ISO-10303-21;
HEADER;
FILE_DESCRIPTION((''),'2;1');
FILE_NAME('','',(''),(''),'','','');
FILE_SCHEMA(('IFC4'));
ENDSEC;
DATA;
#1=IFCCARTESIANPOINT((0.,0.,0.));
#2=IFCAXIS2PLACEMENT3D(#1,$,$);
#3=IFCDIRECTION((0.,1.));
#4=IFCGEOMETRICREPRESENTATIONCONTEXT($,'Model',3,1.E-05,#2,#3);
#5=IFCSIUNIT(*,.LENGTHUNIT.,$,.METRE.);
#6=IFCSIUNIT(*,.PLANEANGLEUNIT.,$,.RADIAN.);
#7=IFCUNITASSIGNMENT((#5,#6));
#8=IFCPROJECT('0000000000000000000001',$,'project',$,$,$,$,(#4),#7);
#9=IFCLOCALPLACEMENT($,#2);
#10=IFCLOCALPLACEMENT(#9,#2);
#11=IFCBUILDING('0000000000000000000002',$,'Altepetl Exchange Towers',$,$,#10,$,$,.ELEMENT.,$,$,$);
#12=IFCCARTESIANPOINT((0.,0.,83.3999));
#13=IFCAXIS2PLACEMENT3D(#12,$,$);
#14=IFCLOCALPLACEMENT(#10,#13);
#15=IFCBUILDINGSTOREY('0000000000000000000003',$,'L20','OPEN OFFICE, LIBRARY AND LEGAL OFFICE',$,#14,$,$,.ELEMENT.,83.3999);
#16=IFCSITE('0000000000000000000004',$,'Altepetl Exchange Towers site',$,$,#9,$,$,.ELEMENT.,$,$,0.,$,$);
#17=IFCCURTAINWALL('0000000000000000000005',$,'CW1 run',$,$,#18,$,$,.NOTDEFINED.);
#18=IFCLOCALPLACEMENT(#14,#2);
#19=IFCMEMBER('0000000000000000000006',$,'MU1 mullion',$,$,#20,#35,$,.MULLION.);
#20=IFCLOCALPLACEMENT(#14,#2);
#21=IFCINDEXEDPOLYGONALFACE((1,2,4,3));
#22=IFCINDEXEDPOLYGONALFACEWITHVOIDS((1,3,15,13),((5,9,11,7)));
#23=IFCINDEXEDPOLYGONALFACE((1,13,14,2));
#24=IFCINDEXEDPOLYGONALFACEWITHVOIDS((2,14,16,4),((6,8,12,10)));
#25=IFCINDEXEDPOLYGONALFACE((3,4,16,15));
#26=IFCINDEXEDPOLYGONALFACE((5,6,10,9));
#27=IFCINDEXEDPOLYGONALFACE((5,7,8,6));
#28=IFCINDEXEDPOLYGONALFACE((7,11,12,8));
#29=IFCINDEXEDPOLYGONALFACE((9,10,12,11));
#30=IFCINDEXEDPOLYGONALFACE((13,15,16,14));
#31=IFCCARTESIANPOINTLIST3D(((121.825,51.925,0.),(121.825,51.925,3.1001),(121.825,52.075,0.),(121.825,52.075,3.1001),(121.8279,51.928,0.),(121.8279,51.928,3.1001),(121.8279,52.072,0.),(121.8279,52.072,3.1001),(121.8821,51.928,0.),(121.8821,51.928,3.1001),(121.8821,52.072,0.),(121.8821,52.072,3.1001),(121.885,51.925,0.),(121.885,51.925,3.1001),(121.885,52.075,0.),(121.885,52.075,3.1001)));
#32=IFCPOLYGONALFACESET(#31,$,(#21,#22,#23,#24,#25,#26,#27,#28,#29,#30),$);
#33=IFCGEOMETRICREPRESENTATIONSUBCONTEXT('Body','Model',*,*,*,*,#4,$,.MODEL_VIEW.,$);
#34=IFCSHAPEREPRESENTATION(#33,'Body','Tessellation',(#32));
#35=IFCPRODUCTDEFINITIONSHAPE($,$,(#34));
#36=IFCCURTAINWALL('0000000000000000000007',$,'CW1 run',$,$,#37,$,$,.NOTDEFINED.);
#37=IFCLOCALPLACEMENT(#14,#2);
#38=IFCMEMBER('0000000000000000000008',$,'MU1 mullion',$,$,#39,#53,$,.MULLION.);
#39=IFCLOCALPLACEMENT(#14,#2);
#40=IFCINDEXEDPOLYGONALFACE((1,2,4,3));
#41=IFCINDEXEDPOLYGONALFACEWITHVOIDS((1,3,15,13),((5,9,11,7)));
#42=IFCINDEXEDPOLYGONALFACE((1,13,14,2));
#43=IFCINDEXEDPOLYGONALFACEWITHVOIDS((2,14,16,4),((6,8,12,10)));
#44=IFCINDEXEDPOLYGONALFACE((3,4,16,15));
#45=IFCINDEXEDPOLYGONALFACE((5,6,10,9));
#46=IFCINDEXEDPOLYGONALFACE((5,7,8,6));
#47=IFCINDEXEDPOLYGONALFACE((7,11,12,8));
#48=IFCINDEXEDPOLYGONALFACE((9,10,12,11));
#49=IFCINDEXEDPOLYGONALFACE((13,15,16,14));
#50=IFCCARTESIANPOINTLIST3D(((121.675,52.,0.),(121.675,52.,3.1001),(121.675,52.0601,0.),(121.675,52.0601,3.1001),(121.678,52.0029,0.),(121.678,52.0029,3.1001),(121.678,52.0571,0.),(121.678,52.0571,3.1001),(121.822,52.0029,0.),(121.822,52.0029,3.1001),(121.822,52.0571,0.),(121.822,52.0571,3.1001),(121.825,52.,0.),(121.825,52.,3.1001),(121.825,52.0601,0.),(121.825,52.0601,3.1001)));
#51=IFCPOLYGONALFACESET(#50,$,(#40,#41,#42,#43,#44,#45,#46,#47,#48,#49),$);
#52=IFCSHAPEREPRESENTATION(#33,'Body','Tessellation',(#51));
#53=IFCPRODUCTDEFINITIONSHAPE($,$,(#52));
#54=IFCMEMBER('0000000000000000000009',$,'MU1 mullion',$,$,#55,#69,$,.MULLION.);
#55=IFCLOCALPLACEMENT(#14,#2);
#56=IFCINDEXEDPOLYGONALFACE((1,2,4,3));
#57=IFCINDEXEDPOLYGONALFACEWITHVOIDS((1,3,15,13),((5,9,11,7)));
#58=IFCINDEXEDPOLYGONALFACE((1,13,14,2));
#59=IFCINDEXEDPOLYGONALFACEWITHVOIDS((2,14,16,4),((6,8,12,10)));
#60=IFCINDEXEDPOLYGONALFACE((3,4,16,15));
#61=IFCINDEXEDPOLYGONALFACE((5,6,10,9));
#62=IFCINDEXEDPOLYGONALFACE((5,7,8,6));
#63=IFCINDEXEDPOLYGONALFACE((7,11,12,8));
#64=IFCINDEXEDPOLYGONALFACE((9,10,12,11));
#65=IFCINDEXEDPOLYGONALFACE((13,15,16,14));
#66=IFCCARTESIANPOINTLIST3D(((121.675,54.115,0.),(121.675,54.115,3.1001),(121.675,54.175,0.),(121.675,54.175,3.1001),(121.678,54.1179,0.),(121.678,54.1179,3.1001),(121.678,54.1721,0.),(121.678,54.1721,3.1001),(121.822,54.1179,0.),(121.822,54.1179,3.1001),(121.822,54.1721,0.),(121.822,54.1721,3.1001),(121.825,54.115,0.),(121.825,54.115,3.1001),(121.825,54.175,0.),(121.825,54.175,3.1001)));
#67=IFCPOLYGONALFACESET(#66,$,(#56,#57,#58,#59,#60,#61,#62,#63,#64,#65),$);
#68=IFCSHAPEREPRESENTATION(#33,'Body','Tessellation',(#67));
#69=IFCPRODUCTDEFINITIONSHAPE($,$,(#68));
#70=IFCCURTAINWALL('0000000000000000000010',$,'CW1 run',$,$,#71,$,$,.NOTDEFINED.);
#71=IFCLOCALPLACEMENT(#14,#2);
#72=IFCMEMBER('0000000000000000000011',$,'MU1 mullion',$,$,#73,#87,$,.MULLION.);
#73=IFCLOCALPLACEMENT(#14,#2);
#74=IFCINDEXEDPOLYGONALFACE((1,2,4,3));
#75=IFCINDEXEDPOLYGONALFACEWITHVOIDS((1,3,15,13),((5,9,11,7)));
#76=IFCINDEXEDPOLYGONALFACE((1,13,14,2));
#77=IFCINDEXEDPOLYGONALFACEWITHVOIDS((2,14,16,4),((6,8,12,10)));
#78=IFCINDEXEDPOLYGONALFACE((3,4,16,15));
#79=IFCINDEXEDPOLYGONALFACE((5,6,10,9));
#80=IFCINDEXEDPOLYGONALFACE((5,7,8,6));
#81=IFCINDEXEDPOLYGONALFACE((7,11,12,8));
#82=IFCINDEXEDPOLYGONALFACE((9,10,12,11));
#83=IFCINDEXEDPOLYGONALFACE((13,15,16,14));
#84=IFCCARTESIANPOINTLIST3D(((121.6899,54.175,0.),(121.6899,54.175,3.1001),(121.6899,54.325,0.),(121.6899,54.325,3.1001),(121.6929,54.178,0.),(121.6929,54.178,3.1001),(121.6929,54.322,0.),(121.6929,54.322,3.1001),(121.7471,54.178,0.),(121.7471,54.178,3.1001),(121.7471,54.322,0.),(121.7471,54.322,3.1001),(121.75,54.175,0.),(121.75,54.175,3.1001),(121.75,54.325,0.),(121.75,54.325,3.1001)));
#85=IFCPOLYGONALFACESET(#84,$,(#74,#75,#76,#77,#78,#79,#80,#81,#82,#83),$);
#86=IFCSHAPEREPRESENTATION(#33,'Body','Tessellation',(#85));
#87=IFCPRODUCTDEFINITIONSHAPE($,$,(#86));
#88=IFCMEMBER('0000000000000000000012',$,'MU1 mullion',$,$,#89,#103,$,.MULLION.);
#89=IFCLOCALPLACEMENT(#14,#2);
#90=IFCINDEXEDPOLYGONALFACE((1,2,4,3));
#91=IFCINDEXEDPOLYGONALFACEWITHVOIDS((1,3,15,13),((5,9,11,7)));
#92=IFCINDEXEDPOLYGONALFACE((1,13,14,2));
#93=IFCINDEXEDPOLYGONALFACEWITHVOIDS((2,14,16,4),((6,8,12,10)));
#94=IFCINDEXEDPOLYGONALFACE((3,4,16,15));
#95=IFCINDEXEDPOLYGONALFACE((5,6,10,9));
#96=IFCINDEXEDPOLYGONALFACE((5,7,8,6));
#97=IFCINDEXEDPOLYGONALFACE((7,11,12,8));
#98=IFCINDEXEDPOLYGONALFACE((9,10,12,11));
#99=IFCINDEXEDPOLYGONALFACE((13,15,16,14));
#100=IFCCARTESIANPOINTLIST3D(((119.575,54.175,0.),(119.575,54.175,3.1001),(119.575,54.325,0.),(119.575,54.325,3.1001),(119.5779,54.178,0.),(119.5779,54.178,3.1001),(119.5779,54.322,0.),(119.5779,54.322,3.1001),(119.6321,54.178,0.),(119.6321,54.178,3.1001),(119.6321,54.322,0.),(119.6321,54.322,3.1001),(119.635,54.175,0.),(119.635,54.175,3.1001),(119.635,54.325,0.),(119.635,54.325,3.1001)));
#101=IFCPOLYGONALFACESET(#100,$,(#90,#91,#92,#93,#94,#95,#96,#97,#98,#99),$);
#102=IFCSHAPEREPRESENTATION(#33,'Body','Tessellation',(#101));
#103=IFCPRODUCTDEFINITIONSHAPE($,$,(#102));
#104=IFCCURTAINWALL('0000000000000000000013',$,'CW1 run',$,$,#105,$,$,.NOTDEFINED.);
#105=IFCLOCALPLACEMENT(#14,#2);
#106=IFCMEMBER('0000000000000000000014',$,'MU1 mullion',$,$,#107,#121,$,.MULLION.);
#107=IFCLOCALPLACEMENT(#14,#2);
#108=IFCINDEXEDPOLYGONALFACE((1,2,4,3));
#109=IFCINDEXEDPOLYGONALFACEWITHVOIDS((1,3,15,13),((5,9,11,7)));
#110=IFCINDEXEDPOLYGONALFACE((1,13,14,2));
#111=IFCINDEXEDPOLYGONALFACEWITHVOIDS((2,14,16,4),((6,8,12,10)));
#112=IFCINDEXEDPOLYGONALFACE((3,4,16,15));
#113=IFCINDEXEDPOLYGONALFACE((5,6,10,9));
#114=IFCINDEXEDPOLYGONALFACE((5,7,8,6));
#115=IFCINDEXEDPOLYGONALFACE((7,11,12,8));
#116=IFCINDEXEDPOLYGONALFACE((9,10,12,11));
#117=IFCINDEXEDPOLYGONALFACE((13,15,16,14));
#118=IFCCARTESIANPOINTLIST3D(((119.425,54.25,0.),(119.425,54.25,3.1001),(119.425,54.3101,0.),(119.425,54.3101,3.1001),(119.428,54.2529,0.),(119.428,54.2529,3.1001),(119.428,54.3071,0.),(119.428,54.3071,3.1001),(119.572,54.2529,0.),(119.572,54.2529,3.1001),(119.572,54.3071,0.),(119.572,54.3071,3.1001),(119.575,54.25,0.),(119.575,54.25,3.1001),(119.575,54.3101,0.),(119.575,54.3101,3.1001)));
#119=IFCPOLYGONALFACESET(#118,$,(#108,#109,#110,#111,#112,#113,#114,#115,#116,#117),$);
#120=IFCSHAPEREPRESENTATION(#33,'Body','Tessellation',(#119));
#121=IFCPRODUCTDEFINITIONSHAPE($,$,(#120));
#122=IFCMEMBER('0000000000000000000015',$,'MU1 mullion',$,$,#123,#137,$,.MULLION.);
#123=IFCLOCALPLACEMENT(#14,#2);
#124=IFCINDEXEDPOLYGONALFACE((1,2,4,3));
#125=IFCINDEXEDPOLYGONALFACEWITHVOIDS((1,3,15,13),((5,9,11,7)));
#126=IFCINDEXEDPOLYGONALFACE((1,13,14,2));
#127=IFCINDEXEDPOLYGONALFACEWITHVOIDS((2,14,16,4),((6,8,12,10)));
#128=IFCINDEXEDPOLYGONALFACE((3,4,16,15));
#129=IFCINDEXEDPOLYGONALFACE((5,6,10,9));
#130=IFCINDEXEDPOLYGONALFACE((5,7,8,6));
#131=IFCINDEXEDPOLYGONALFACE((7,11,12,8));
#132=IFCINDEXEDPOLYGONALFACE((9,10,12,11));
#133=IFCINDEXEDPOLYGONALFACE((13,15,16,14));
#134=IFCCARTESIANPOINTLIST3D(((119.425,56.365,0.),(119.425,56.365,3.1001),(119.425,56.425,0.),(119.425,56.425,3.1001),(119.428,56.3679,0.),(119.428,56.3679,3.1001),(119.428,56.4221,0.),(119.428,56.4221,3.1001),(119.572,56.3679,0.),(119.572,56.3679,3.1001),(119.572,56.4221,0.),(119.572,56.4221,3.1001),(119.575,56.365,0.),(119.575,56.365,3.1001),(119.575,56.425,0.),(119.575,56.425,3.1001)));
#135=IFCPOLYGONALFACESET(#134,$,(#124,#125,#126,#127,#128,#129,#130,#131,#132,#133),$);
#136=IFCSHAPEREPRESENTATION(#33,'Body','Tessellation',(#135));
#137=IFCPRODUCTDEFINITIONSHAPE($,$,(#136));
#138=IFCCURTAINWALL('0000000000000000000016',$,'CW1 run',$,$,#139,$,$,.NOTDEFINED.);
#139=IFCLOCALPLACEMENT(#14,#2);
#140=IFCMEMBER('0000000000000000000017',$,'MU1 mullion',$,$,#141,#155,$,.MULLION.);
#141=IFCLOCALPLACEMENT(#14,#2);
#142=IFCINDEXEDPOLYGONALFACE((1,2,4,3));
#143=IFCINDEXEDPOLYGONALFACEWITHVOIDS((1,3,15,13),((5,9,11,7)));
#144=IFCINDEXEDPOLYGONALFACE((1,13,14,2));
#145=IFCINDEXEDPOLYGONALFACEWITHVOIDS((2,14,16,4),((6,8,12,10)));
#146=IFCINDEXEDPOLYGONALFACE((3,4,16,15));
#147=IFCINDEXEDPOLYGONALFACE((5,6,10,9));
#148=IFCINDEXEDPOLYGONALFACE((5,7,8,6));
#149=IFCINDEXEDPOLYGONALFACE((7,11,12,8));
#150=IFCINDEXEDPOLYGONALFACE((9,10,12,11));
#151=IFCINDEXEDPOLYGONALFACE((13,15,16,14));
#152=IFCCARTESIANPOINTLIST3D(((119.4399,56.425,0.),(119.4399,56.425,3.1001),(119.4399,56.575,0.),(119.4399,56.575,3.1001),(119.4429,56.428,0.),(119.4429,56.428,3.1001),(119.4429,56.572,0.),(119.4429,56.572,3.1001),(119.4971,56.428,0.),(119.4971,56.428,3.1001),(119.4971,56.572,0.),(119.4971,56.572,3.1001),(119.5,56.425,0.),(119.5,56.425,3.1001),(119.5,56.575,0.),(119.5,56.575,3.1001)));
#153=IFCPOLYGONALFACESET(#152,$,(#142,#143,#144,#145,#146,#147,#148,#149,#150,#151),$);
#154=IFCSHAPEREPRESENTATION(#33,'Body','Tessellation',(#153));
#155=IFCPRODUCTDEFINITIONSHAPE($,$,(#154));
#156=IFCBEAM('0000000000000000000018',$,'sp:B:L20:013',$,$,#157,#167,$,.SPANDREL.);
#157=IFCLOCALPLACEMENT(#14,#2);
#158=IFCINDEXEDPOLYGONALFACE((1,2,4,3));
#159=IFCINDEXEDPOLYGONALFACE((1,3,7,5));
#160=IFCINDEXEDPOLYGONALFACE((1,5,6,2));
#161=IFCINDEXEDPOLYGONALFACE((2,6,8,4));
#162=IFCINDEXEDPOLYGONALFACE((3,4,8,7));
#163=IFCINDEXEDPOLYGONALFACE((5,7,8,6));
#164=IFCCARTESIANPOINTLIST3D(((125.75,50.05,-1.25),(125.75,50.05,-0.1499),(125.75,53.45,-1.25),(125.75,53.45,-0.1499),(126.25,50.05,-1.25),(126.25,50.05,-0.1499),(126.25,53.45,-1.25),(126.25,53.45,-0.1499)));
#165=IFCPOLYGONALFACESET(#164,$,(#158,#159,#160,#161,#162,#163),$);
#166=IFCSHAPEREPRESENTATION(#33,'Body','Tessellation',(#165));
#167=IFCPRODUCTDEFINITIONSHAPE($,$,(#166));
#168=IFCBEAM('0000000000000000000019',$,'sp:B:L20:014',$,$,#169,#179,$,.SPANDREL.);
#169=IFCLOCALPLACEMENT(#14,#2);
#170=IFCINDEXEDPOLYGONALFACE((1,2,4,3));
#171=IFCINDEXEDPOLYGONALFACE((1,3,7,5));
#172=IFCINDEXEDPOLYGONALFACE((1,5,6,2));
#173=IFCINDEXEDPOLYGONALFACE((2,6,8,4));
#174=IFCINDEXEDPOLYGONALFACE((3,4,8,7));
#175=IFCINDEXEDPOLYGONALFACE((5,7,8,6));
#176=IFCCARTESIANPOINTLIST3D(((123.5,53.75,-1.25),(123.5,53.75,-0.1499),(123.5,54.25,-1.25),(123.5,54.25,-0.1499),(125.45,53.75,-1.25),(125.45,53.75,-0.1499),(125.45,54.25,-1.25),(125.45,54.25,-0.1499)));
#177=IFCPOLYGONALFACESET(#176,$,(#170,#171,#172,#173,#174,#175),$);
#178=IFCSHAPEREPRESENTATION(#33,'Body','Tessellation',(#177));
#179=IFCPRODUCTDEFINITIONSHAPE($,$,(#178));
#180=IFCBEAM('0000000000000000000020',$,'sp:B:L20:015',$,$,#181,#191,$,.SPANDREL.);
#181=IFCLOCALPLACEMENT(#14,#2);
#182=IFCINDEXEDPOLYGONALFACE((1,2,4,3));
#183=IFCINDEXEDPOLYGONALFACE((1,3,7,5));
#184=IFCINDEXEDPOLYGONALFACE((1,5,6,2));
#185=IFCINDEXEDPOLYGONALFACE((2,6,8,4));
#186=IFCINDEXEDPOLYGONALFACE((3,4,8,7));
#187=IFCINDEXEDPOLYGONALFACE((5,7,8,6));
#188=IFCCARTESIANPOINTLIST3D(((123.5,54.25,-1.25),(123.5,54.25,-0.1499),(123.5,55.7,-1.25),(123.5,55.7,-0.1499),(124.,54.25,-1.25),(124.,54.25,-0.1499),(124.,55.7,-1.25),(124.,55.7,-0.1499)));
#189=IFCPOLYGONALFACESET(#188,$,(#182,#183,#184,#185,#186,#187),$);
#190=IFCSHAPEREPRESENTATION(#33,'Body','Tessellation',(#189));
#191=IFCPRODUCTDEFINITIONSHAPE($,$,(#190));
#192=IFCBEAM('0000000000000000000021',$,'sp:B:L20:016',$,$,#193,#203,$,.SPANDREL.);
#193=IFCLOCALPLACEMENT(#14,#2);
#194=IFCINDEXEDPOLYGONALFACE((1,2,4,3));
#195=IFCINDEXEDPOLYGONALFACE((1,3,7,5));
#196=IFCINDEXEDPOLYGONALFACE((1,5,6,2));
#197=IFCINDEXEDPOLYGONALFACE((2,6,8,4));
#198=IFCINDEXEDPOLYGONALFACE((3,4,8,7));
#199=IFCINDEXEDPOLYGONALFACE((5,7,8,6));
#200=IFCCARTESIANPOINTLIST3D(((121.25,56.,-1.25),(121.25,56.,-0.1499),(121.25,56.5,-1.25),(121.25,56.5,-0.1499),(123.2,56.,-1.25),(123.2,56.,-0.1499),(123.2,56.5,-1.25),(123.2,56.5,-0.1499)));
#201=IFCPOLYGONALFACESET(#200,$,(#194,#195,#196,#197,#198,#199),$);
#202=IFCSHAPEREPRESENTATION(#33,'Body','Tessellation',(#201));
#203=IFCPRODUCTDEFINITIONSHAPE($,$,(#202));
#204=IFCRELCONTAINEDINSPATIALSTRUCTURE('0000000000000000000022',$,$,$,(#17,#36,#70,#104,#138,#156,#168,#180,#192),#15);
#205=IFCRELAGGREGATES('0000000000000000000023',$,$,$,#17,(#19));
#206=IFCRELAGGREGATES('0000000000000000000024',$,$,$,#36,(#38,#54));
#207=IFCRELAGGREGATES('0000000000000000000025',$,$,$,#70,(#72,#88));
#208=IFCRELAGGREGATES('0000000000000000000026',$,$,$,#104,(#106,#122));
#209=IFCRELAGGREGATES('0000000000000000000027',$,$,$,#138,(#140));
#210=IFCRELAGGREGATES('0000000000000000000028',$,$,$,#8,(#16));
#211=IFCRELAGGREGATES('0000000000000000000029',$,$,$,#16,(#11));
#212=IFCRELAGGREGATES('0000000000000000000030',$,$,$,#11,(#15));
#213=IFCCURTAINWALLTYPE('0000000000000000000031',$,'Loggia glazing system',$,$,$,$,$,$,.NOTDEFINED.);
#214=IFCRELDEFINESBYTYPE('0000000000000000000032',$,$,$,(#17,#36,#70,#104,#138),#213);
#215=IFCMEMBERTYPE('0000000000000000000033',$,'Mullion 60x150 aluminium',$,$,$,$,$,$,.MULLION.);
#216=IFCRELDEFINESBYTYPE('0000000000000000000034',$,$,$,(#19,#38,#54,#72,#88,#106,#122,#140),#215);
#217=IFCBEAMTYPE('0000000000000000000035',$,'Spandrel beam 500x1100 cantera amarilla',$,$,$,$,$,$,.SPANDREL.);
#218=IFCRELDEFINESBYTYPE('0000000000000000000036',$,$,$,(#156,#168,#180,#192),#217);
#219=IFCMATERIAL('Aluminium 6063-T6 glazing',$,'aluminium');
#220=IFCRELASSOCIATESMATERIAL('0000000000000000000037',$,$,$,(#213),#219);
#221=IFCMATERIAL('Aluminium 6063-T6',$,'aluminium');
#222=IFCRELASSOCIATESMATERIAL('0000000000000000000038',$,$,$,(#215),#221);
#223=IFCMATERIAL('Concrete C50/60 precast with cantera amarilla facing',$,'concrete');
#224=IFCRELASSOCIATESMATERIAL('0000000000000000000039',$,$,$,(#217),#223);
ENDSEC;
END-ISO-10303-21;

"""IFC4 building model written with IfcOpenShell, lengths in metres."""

from ifc_helpers import new_model, si_unit, direction, frame, origin, origin_2d, place, context, subcontext, project, spatial, rectangle, hollow_rectangle, extrude, material, material_profile, profile_set, type_object, element, aggregate, save


model = new_model("IFC4")

# Units and contexts
model_context = context("Model", 3, precision=1e-05, world=origin(), true_north=direction((0.0, 1.0)))
body_context = subcontext(model_context, "Body", "Model", "MODEL_VIEW")
ifc_project = project(units=[si_unit("LENGTHUNIT", "METRE"), si_unit("PLANEANGLEUNIT", "RADIAN")], contexts=[model_context])

# Site, building, storey
site_placement = place(None, origin())
site = spatial("IfcSite", under=ifc_project, at=site_placement, Name="Altepetl Exchange Towers site", CompositionType="ELEMENT", RefElevation=0.0)
building_placement = place(site_placement, origin())
building = spatial("IfcBuilding", under=site, at=building_placement, Name="Altepetl Exchange Towers", CompositionType="ELEMENT")
storey_placement = place(building_placement, frame((0.0, 0.0, 83.3999)))
storey = spatial("IfcBuildingStorey", under=building, at=storey_placement, Name="L20", Description="OPEN OFFICE, LIBRARY AND LEGAL OFFICE", CompositionType="ELEMENT", Elevation=83.3999)

# Curtain walls, members
ifc_material_1 = material(Name="Aluminium 6063-T6 glazing", Category="aluminium")
curtain_wall_type = type_object("IfcCurtainWallType", Name="Loggia glazing system", PredefinedType="NOTDEFINED", material=ifc_material_1)
ifc_material_2 = material(Name="Aluminium 6063-T6", Category="aluminium")
ifc_material_profile_1 = material_profile(ifc_material_2, hollow_rectangle(XDim=0.0601, YDim=0.1499, WallThickness=0.0029, at=origin_2d()), Name="Mullion 60x150 aluminium")
ifc_profile_set_1 = profile_set([ifc_material_profile_1], Name="Aluminium 6063-T6")
member_type = type_object("IfcMemberType", Name="Mullion 60x150 aluminium", PredefinedType="MULLION", material=ifc_profile_set_1)
curtain_wall_1_placement = place(storey_placement, origin())
curtain_wall_1 = element("IfcCurtainWall", 1, at=curtain_wall_1_placement, inside=storey, type_object=curtain_wall_type, Name="CW1 run", PredefinedType="NOTDEFINED")
member_1_placement = place(storey_placement, frame((121.855, 52.0, 0.0), z_axis=(0.0, 0.0, 1.0), x_axis=(-1.0, 0.0, 0.0)))
member_1 = element("IfcMember", 2, at=member_1_placement, type_object=member_type, Name="MU1 mullion", PredefinedType="MULLION", context=body_context, shape_type="SweptSolid", body=[
    extrude(hollow_rectangle(XDim=0.0601, YDim=0.1499, WallThickness=0.0029, at=origin_2d()), origin(), (0.0, 0.0, 1.0), 3.1001),
])
curtain_wall_2_placement = place(storey_placement, origin())
curtain_wall_2 = element("IfcCurtainWall", 3, at=curtain_wall_2_placement, inside=storey, type_object=curtain_wall_type, Name="CW1 run", PredefinedType="NOTDEFINED")
member_2_placement = place(storey_placement, frame((121.75, 52.03, 0.0), z_axis=(0.0, 0.0, 1.0), x_axis=(0.0, 1.0, 0.0)))
member_2 = element("IfcMember", 4, at=member_2_placement, type_object=member_type, Name="MU1 mullion", PredefinedType="MULLION", context=body_context, shape_type="SweptSolid", body=[
    extrude(hollow_rectangle(XDim=0.0601, YDim=0.1499, WallThickness=0.0029, at=origin_2d()), origin(), (0.0, 0.0, 1.0), 3.1001),
])
member_3_placement = place(storey_placement, frame((121.75, 54.145, 0.0), z_axis=(0.0, 0.0, 1.0), x_axis=(0.0, 1.0, 0.0)))
member_3 = element("IfcMember", 5, at=member_3_placement, type_object=member_type, Name="MU1 mullion", PredefinedType="MULLION", context=body_context, shape_type="SweptSolid", body=[
    extrude(hollow_rectangle(XDim=0.0601, YDim=0.1499, WallThickness=0.0029, at=origin_2d()), origin(), (0.0, 0.0, 1.0), 3.1001),
])
curtain_wall_3_placement = place(storey_placement, origin())
curtain_wall_3 = element("IfcCurtainWall", 6, at=curtain_wall_3_placement, inside=storey, type_object=curtain_wall_type, Name="CW1 run", PredefinedType="NOTDEFINED")
member_4_placement = place(storey_placement, frame((121.72, 54.25, 0.0), z_axis=(0.0, 0.0, 1.0), x_axis=(-1.0, 0.0, 0.0)))
member_4 = element("IfcMember", 7, at=member_4_placement, type_object=member_type, Name="MU1 mullion", PredefinedType="MULLION", context=body_context, shape_type="SweptSolid", body=[
    extrude(hollow_rectangle(XDim=0.0601, YDim=0.1499, WallThickness=0.0029, at=origin_2d()), origin(), (0.0, 0.0, 1.0), 3.1001),
])
member_5_placement = place(storey_placement, frame((119.605, 54.25, 0.0), z_axis=(0.0, 0.0, 1.0), x_axis=(-1.0, 0.0, 0.0)))
member_5 = element("IfcMember", 8, at=member_5_placement, type_object=member_type, Name="MU1 mullion", PredefinedType="MULLION", context=body_context, shape_type="SweptSolid", body=[
    extrude(hollow_rectangle(XDim=0.0601, YDim=0.1499, WallThickness=0.0029, at=origin_2d()), origin(), (0.0, 0.0, 1.0), 3.1001),
])
curtain_wall_4_placement = place(storey_placement, origin())
curtain_wall_4 = element("IfcCurtainWall", 9, at=curtain_wall_4_placement, inside=storey, type_object=curtain_wall_type, Name="CW1 run", PredefinedType="NOTDEFINED")
member_6_placement = place(storey_placement, frame((119.5, 54.28, 0.0), z_axis=(0.0, 0.0, 1.0), x_axis=(0.0, 1.0, 0.0)))
member_6 = element("IfcMember", 10, at=member_6_placement, type_object=member_type, Name="MU1 mullion", PredefinedType="MULLION", context=body_context, shape_type="SweptSolid", body=[
    extrude(hollow_rectangle(XDim=0.0601, YDim=0.1499, WallThickness=0.0029, at=origin_2d()), origin(), (0.0, 0.0, 1.0), 3.1001),
])
member_7_placement = place(storey_placement, frame((119.5, 56.395, 0.0), z_axis=(0.0, 0.0, 1.0), x_axis=(0.0, 1.0, 0.0)))
member_7 = element("IfcMember", 11, at=member_7_placement, type_object=member_type, Name="MU1 mullion", PredefinedType="MULLION", context=body_context, shape_type="SweptSolid", body=[
    extrude(hollow_rectangle(XDim=0.0601, YDim=0.1499, WallThickness=0.0029, at=origin_2d()), origin(), (0.0, 0.0, 1.0), 3.1001),
])

# Curtain wall, member
curtain_wall_5_placement = place(storey_placement, origin())
curtain_wall_5 = element("IfcCurtainWall", 12, at=curtain_wall_5_placement, inside=storey, type_object=curtain_wall_type, Name="CW1 run", PredefinedType="NOTDEFINED")
member_8_placement = place(storey_placement, frame((119.47, 56.5, 0.0), z_axis=(0.0, 0.0, 1.0), x_axis=(-1.0, 0.0, 0.0)))
member_8 = element("IfcMember", 13, at=member_8_placement, type_object=member_type, Name="MU1 mullion", PredefinedType="MULLION", context=body_context, shape_type="SweptSolid", body=[
    extrude(hollow_rectangle(XDim=0.0601, YDim=0.1499, WallThickness=0.0029, at=origin_2d()), origin(), (0.0, 0.0, 1.0), 3.1001),
])

# Beams
ifc_material_3 = material(Name="Concrete C50/60 precast with cantera amarilla facing", Category="concrete")
ifc_material_profile_2 = material_profile(ifc_material_3, rectangle(XDim=0.5, YDim=1.1001, at=origin_2d()), Name="500 x 1100")
ifc_profile_set_2 = profile_set([ifc_material_profile_2], Name="Concrete C50/60 precast with cantera amarilla facing")
beam_type_1 = type_object("IfcBeamType", Name="Spandrel beam 500x1100 cantera amarilla", PredefinedType="SPANDREL", material=ifc_profile_set_2)
beam_1_placement = place(storey_placement, frame((126.0, 50.05, -0.7), z_axis=(0.0, 1.0, 0.0), x_axis=(-1.0, 0.0, 0.0)))
element("IfcBeam", 14, at=beam_1_placement, inside=storey, type_object=beam_type_1, Name="sp:B:L20:013", PredefinedType="SPANDREL", context=body_context, shape_type="SweptSolid", body=[
    extrude(rectangle(XDim=0.5, YDim=1.1001, at=origin_2d()), origin(), (0.0, 0.0, 1.0), 3.3999),
])
beam_2_placement = place(storey_placement, frame((125.45, 54.0, -0.7), z_axis=(-1.0, 0.0, 0.0), x_axis=(0.0, -1.0, 0.0)))
element("IfcBeam", 15, at=beam_2_placement, inside=storey, type_object=beam_type_1, Name="sp:B:L20:014", PredefinedType="SPANDREL", context=body_context, shape_type="SweptSolid", body=[
    extrude(rectangle(XDim=0.5, YDim=1.1001, at=origin_2d()), origin(), (0.0, 0.0, 1.0), 1.95),
])
beam_3_placement = place(storey_placement, frame((123.75, 54.25, -0.7), z_axis=(0.0, 1.0, 0.0), x_axis=(-1.0, 0.0, 0.0)))
element("IfcBeam", 16, at=beam_3_placement, inside=storey, type_object=beam_type_1, Name="sp:B:L20:015", PredefinedType="SPANDREL", context=body_context, shape_type="SweptSolid", body=[
    extrude(rectangle(XDim=0.5, YDim=1.1001, at=origin_2d()), origin(), (0.0, 0.0, 1.0), 1.45),
])
beam_4_placement = place(storey_placement, frame((123.2, 56.25, -0.7), z_axis=(-1.0, 0.0, 0.0), x_axis=(0.0, -1.0, 0.0)))
element("IfcBeam", 17, at=beam_4_placement, inside=storey, type_object=beam_type_1, Name="sp:B:L20:016", PredefinedType="SPANDREL", context=body_context, shape_type="SweptSolid", body=[
    extrude(rectangle(XDim=0.5, YDim=1.1001, at=origin_2d()), origin(), (0.0, 0.0, 1.0), 1.95),
])

aggregate(curtain_wall_1, [member_1])
aggregate(curtain_wall_2, [member_2, member_3])
aggregate(curtain_wall_3, [member_4, member_5])
aggregate(curtain_wall_4, [member_6, member_7])
aggregate(curtain_wall_5, [member_8])

save(model, "model.ifc")
